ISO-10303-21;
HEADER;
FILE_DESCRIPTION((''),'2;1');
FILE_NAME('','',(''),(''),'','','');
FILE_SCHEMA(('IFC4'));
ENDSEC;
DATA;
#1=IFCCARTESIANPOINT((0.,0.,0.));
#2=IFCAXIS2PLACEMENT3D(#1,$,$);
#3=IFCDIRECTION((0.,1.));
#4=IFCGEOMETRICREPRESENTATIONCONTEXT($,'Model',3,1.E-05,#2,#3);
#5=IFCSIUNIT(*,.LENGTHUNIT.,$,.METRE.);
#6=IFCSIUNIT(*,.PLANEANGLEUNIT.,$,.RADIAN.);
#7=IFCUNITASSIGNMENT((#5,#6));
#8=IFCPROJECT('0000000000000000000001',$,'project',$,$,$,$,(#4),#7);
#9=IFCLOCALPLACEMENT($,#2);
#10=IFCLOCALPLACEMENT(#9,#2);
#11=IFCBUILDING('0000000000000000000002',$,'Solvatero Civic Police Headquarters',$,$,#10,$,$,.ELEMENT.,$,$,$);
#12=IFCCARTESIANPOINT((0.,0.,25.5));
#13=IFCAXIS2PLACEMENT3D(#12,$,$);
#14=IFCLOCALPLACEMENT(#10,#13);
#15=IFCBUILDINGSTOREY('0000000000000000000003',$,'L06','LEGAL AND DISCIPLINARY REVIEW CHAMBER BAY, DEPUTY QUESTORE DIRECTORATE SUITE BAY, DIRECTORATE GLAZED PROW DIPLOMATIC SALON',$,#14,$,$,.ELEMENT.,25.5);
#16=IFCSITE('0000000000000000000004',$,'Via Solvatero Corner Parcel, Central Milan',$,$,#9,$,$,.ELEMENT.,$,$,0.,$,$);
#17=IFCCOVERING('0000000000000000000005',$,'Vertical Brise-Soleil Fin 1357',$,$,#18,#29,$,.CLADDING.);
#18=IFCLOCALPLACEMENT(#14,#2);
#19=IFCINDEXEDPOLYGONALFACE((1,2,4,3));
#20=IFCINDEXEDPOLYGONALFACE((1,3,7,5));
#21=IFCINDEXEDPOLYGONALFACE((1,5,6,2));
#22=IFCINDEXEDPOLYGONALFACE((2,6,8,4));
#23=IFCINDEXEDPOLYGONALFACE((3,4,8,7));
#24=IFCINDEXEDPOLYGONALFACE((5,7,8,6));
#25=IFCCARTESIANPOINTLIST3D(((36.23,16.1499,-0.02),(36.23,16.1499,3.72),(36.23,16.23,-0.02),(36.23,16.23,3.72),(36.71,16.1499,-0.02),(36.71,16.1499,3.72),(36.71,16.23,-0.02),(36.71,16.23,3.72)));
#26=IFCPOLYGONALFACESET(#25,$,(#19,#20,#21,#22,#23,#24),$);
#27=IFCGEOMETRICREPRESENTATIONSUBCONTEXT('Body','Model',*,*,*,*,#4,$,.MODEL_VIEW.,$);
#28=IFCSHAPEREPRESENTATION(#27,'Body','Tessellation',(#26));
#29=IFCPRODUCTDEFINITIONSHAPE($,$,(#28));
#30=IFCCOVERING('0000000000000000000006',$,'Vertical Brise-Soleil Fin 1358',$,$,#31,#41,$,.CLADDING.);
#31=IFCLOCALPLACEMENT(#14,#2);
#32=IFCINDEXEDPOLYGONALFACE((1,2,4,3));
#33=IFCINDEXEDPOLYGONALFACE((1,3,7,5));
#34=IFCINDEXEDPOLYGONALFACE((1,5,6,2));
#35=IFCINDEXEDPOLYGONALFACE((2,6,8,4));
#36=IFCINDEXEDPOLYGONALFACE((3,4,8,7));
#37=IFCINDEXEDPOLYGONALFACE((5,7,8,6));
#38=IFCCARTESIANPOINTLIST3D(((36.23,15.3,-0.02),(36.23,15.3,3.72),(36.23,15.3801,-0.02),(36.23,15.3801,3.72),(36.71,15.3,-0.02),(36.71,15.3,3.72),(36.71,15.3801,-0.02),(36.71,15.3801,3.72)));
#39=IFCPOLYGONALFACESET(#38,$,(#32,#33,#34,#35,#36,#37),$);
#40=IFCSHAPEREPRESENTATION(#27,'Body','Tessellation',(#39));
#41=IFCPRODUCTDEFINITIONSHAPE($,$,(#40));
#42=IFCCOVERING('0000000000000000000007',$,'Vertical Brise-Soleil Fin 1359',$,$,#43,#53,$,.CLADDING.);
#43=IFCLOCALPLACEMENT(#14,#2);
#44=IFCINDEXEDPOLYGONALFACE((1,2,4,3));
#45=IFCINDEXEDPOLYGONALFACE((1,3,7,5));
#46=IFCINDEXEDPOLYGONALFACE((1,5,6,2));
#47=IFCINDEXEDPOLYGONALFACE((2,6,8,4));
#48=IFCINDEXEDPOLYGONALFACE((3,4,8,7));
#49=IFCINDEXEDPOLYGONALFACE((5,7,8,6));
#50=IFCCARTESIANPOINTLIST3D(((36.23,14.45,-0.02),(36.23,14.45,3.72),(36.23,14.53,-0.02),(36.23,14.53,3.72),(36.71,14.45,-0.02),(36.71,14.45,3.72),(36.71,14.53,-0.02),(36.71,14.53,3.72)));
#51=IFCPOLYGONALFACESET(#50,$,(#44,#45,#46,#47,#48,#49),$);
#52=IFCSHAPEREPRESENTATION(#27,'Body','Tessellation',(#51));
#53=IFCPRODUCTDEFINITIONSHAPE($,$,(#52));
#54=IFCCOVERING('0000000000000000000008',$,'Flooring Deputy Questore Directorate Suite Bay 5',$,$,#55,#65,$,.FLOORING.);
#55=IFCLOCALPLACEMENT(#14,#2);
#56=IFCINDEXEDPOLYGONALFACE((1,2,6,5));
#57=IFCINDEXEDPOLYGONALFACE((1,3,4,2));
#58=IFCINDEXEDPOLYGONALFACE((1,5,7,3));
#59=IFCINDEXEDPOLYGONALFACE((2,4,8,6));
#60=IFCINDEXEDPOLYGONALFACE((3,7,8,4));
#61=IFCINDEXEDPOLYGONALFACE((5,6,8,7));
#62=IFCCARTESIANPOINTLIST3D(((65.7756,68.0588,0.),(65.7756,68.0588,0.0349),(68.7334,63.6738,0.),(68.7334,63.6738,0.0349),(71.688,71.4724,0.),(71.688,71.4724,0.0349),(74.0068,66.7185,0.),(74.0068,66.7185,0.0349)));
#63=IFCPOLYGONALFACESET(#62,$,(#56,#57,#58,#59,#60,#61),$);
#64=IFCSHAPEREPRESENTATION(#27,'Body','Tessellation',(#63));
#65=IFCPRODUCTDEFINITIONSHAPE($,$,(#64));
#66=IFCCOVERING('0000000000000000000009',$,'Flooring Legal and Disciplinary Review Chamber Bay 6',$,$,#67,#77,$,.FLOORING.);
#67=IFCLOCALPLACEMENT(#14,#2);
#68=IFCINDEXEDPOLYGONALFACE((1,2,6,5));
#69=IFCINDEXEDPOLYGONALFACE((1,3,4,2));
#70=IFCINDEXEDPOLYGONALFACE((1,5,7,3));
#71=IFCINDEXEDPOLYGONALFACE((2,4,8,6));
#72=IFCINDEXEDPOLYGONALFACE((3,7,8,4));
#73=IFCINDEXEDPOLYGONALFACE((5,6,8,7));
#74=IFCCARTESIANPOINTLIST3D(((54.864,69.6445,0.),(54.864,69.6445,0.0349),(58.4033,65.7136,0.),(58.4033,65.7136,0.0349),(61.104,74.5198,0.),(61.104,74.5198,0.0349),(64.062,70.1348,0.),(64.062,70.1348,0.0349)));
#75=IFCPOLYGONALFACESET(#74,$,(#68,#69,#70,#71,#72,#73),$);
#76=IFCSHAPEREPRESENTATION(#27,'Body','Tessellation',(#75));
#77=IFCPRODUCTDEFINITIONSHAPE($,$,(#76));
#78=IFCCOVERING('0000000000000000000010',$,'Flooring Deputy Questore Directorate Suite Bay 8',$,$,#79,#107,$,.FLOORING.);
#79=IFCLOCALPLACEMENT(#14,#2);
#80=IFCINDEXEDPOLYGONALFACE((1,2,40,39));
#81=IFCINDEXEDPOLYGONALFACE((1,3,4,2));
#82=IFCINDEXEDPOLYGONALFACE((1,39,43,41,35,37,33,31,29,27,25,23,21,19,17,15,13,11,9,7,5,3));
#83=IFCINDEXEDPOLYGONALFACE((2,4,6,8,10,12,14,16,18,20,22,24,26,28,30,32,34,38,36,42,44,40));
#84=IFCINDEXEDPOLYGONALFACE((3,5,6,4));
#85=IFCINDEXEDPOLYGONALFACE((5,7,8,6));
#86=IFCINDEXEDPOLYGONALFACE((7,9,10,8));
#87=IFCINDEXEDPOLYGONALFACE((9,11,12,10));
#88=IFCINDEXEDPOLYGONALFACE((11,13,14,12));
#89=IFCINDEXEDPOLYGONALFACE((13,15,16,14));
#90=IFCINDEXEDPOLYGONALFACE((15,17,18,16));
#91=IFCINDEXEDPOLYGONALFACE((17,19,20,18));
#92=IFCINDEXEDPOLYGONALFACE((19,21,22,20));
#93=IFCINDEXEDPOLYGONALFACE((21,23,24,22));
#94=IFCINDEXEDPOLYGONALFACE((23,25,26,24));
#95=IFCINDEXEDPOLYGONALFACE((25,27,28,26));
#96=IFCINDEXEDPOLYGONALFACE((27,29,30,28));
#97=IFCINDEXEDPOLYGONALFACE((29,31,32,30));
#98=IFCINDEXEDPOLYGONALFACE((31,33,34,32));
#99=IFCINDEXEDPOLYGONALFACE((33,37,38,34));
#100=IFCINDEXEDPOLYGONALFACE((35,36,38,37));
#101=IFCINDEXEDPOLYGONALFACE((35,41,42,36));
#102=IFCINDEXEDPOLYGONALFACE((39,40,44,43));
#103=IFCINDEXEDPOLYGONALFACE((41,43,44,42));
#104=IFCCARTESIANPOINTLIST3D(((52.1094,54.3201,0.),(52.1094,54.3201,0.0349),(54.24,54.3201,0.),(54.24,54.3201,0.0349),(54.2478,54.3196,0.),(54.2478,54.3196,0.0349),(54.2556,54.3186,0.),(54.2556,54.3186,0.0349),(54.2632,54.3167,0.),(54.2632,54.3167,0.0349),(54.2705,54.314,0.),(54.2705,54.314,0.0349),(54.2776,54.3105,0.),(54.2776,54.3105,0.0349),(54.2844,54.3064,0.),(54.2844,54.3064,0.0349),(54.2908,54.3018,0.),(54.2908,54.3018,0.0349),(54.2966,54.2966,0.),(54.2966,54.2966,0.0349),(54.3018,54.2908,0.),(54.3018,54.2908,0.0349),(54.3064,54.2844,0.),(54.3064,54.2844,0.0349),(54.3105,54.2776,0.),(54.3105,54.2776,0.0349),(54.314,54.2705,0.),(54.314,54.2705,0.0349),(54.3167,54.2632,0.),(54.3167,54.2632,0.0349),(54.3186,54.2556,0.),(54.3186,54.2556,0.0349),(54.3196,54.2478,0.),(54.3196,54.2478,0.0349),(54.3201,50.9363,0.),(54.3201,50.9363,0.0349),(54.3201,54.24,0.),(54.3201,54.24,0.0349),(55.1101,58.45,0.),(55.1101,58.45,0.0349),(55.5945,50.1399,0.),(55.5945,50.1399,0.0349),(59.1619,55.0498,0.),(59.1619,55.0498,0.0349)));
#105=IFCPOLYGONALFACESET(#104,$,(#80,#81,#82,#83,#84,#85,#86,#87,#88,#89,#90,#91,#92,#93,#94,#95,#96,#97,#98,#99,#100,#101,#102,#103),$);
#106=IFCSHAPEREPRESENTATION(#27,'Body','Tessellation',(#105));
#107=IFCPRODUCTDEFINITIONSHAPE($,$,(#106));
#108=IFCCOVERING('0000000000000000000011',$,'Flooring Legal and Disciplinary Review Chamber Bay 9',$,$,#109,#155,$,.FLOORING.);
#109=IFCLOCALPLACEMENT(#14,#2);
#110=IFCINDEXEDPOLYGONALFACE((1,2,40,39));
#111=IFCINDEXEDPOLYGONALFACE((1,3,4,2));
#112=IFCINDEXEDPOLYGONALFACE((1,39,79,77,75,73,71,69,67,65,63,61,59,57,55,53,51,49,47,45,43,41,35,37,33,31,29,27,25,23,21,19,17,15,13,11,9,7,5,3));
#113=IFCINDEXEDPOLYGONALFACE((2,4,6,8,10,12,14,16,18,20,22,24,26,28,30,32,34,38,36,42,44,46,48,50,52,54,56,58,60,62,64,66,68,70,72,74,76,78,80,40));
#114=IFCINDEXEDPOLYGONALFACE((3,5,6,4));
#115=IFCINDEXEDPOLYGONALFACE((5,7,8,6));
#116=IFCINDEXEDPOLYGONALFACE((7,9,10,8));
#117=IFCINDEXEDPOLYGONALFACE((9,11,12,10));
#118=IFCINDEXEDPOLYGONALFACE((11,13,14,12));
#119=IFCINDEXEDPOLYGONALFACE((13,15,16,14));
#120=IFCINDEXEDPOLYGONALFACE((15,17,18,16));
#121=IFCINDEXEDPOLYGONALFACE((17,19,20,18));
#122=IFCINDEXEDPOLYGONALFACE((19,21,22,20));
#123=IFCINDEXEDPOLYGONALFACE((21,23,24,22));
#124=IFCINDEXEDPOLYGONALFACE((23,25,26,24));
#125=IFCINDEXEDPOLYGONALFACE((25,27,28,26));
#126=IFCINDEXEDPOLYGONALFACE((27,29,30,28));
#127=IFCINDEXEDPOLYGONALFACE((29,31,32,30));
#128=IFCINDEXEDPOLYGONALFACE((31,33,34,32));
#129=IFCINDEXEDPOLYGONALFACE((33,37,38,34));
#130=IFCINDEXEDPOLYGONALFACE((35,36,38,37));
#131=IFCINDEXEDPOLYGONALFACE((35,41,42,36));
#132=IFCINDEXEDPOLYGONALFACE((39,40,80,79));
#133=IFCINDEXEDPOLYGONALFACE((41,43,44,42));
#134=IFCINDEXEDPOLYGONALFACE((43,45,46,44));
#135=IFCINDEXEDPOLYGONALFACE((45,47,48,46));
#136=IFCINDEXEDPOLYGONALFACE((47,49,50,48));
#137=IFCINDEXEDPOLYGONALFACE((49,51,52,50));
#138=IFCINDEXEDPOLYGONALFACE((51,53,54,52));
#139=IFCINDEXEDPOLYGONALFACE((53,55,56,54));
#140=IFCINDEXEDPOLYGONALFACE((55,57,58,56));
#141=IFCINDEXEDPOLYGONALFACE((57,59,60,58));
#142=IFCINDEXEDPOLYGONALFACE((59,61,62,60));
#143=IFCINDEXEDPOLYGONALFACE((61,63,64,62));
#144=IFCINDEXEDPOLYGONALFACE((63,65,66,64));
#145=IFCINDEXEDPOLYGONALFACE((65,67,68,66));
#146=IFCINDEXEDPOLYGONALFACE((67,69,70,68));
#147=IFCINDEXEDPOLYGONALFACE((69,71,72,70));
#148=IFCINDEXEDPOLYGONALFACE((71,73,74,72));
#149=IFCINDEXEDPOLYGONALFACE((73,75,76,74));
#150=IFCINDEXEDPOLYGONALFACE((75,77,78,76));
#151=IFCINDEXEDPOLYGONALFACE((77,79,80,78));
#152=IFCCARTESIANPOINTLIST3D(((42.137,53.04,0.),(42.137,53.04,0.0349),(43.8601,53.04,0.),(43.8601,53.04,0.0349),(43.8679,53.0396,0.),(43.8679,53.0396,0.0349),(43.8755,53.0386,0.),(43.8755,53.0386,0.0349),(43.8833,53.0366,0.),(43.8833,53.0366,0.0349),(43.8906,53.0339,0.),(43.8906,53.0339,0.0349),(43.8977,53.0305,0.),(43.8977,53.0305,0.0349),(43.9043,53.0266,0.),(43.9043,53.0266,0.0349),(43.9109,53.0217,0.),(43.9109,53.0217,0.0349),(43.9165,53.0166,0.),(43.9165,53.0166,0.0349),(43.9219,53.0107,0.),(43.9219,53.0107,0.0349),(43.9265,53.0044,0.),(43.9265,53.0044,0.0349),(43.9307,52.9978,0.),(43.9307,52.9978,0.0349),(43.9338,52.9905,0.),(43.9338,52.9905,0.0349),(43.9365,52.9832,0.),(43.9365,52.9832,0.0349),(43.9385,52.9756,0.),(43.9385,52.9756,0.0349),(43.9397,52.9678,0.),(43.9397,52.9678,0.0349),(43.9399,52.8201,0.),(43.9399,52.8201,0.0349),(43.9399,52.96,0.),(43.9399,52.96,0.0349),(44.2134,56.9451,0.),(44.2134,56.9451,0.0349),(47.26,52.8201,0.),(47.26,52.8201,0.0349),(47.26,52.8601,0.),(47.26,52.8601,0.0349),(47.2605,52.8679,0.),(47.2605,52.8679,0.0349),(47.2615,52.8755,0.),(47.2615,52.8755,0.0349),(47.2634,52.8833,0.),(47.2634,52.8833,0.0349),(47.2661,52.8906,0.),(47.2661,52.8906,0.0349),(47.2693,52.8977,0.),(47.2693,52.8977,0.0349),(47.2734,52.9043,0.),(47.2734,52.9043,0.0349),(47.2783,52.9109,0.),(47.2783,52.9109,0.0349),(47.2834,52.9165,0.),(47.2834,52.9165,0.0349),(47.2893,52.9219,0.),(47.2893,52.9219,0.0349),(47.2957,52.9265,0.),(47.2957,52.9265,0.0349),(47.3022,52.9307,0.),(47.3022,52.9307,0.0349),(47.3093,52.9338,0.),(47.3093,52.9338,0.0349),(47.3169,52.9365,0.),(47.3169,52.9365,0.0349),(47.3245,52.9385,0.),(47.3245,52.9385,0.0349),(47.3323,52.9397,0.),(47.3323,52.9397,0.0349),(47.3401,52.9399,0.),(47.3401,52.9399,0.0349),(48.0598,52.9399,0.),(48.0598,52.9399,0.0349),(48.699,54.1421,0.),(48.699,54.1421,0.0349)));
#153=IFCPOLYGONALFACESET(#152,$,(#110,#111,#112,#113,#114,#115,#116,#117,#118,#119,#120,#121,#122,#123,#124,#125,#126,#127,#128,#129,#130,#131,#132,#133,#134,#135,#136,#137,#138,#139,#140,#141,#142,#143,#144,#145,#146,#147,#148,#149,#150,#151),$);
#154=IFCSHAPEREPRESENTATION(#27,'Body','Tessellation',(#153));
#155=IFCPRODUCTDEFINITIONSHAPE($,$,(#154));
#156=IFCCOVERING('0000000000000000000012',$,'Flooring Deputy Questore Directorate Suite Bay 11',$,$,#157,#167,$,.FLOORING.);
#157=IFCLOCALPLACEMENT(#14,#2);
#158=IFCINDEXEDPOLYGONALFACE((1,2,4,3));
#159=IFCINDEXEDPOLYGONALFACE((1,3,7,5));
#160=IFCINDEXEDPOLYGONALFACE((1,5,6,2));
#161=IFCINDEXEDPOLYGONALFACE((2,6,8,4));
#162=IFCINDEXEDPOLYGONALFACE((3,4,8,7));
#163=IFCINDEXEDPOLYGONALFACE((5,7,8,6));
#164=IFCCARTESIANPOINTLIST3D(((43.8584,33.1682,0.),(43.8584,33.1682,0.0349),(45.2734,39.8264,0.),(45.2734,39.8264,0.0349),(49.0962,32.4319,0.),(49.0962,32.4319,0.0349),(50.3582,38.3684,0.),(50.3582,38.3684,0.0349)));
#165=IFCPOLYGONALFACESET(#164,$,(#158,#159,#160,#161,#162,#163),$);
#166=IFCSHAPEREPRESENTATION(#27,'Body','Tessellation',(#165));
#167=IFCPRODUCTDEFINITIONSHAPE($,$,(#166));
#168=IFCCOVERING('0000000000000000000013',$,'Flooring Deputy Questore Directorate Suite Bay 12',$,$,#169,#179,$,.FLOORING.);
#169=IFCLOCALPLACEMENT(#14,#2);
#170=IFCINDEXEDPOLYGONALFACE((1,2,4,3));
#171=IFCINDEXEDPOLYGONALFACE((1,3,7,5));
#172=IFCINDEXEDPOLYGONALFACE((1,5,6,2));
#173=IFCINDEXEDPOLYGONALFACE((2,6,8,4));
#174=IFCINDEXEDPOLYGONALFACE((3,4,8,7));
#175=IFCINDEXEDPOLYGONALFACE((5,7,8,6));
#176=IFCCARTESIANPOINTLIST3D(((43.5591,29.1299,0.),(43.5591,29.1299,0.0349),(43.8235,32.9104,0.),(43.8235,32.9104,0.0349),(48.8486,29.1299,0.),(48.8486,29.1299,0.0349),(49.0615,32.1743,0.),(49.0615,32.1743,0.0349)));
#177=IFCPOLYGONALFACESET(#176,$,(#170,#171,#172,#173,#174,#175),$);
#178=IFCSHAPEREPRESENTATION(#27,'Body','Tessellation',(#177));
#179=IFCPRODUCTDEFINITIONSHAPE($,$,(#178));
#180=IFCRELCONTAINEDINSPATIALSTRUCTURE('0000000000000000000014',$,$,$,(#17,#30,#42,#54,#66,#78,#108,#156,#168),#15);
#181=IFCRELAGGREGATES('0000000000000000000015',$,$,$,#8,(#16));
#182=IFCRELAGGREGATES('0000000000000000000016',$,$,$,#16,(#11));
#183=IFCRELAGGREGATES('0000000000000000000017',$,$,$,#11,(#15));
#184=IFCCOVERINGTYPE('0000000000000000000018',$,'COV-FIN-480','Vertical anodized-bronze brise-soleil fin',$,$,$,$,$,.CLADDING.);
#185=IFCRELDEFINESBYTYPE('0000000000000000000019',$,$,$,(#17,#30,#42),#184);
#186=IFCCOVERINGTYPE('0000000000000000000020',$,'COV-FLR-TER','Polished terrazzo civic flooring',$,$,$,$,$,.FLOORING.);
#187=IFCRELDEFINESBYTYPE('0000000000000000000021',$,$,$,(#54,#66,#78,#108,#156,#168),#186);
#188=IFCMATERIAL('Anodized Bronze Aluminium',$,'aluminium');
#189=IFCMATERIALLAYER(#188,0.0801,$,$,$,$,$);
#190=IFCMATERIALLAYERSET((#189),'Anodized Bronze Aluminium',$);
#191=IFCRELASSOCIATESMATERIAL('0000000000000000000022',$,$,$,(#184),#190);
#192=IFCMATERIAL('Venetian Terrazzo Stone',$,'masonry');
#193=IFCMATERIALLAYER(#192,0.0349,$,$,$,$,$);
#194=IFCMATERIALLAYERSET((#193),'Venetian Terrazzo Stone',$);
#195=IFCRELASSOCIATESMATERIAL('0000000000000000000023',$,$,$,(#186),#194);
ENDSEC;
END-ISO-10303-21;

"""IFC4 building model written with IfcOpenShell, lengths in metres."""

from ifc_helpers import new_model, si_unit, direction, frame, origin, origin_2d, place, context, subcontext, project, spatial, polyline, rectangle, outline, extrude, material, layer, layer_set, type_object, element, save


model = new_model("IFC4")

# Units and contexts
model_context = context("Model", 3, precision=1e-05, world=origin(), true_north=direction((0.0, 1.0)))
body_context = subcontext(model_context, "Body", "Model", "MODEL_VIEW")
ifc_project = project(units=[si_unit("LENGTHUNIT", "METRE"), si_unit("PLANEANGLEUNIT", "RADIAN")], contexts=[model_context])

# Site, building, storey
site_placement = place(None, origin())
site = spatial("IfcSite", under=ifc_project, at=site_placement, Name="Via Solvatero Corner Parcel, Central Milan", CompositionType="ELEMENT", RefElevation=0.0)
building_placement = place(site_placement, origin())
building = spatial("IfcBuilding", under=site, at=building_placement, Name="Solvatero Civic Police Headquarters", CompositionType="ELEMENT")
storey_placement = place(building_placement, frame((0.0, 0.0, 25.5)))
storey = spatial("IfcBuildingStorey", under=building, at=storey_placement, Name="L06", Description="LEGAL AND DISCIPLINARY REVIEW CHAMBER BAY, DEPUTY QUESTORE DIRECTORATE SUITE BAY, DIRECTORATE GLAZED PROW DIPLOMATIC SALON", CompositionType="ELEMENT", Elevation=25.5)

# Coverings
ifc_material_1 = material(Name="Anodized Bronze Aluminium", Category="aluminium")
ifc_layer_1 = layer(ifc_material_1, 0.0801)
ifc_layer_set_1 = layer_set([ifc_layer_1], Name="Anodized Bronze Aluminium")
covering_type_1 = type_object("IfcCoveringType", Name="COV-FIN-480", Description="Vertical anodized-bronze brise-soleil fin", PredefinedType="CLADDING", material=ifc_layer_set_1)
for number, where, z_axis, x_axis, name in (
    (1, (36.47, 16.1899, -0.02), (0.0, 0.0, 1.0), (0.0, -1.0, 0.0), "Vertical Brise-Soleil Fin 1357"),
    (2, (36.47, 15.3401, -0.02), (0.0, 0.0, 1.0), (0.0, -1.0, 0.0), "Vertical Brise-Soleil Fin 1358"),
    (3, (36.47, 14.49, -0.02), (0.0, 0.0, 1.0), (0.0, -1.0, 0.0), "Vertical Brise-Soleil Fin 1359"),
):
    element("IfcCovering", number, at=place(storey_placement, frame(where, z_axis=z_axis, x_axis=x_axis)), inside=storey, type_object=covering_type_1, Name=name, PredefinedType="CLADDING", context=body_context, shape_type="SweptSolid", body=[
        extrude(rectangle(XDim=0.0801, YDim=0.48, at=origin_2d()), origin(), (0.0, 0.0, 1.0), 3.74),
    ])
ifc_material_2 = material(Name="Venetian Terrazzo Stone", Category="masonry")
ifc_layer_2 = layer(ifc_material_2, 0.0349)
ifc_layer_set_2 = layer_set([ifc_layer_2], Name="Venetian Terrazzo Stone")
covering_type_2 = type_object("IfcCoveringType", Name="COV-FLR-TER", Description="Polished terrazzo civic flooring", PredefinedType="FLOORING", material=ifc_layer_set_2)
covering_1_placement = place(storey_placement, origin())
element("IfcCovering", 4, at=covering_1_placement, inside=storey, type_object=covering_type_2, Name="Flooring Deputy Questore Directorate Suite Bay 5", PredefinedType="FLOORING", context=body_context, shape_type="SweptSolid", body=[
    extrude(outline(polyline([(68.7334, 63.6738), (65.7756, 68.0588), (71.688, 71.4724), (74.0068, 66.7185), (68.7334, 63.6738)])), origin(), (0.0, 0.0, 1.0), 0.0349),
])
covering_2_placement = place(storey_placement, origin())
element("IfcCovering", 5, at=covering_2_placement, inside=storey, type_object=covering_type_2, Name="Flooring Legal and Disciplinary Review Chamber Bay 6", PredefinedType="FLOORING", context=body_context, shape_type="SweptSolid", body=[
    extrude(outline(polyline([(58.4033, 65.7136), (54.864, 69.6445), (61.104, 74.5198), (64.062, 70.1348), (58.4033, 65.7136)])), origin(), (0.0, 0.0, 1.0), 0.0349),
])
covering_3_placement = place(storey_placement, origin())
element("IfcCovering", 6, at=covering_3_placement, inside=storey, type_object=covering_type_2, Name="Flooring Deputy Questore Directorate Suite Bay 8", PredefinedType="FLOORING", context=body_context, shape_type="SweptSolid", body=[
    extrude(outline(polyline([(55.1101, 58.45), (59.1619, 55.0498), (55.5945, 50.1399), (54.3201, 50.9363), (54.3201, 54.24), (54.3196, 54.2478), (54.3186, 54.2556), (54.3167, 54.2632), (54.314, 54.2705), (54.3105, 54.2776), (54.3064, 54.2844), (54.3018, 54.2908), (54.2966, 54.2966), (54.2908, 54.3018), (54.2844, 54.3064), (54.2776, 54.3105), (54.2705, 54.314), (54.2632, 54.3167), (54.2556, 54.3186), (54.2478, 54.3196), (54.24, 54.3201), (52.1094, 54.3201), (55.1101, 58.45)])), origin(), (0.0, 0.0, 1.0), 0.0349),
])
covering_4_placement = place(storey_placement, origin())
element("IfcCovering", 7, at=covering_4_placement, inside=storey, type_object=covering_type_2, Name="Flooring Legal and Disciplinary Review Chamber Bay 9", PredefinedType="FLOORING", context=body_context, shape_type="SweptSolid", body=[
    extrude(outline(polyline([(43.9399, 52.8201), (43.9399, 52.96), (43.9397, 52.9678), (43.9385, 52.9756), (43.9365, 52.9832), (43.9338, 52.9905), (43.9307, 52.9978), (43.9265, 53.0044), (43.9219, 53.0107), (43.9165, 53.0166), (43.9109, 53.0217), (43.9043, 53.0266), (43.8977, 53.0305), (43.8906, 53.0339), (43.8833, 53.0366), (43.8755, 53.0386), (43.8679, 53.0396), (43.8601, 53.04), (42.137, 53.04), (44.2134, 56.9451), (48.699, 54.1421), (48.0598, 52.9399), (47.3401, 52.9399), (47.3323, 52.9397), (47.3245, 52.9385), (47.3169, 52.9365), (47.3093, 52.9338), (47.3022, 52.9307), (47.2957, 52.9265), (47.2893, 52.9219), (47.2834, 52.9165), (47.2783, 52.9109), (47.2734, 52.9043), (47.2693, 52.8977), (47.2661, 52.8906), (47.2634, 52.8833), (47.2615, 52.8755), (47.2605, 52.8679), (47.26, 52.8601), (47.26, 52.8201), (43.9399, 52.8201)])), origin(), (0.0, 0.0, 1.0), 0.0349),
])
covering_5_placement = place(storey_placement, origin())
element("IfcCovering", 8, at=covering_5_placement, inside=storey, type_object=covering_type_2, Name="Flooring Deputy Questore Directorate Suite Bay 11", PredefinedType="FLOORING", context=body_context, shape_type="SweptSolid", body=[
    extrude(outline(polyline([(49.0962, 32.4319), (43.8584, 33.1682), (45.2734, 39.8264), (50.3582, 38.3684), (49.0962, 32.4319)])), origin(), (0.0, 0.0, 1.0), 0.0349),
])
covering_6_placement = place(storey_placement, origin())
element("IfcCovering", 9, at=covering_6_placement, inside=storey, type_object=covering_type_2, Name="Flooring Deputy Questore Directorate Suite Bay 12", PredefinedType="FLOORING", context=body_context, shape_type="SweptSolid", body=[
    extrude(outline(polyline([(48.8486, 29.1299), (43.5591, 29.1299), (43.8235, 32.9104), (49.0615, 32.1743), (48.8486, 29.1299)])), origin(), (0.0, 0.0, 1.0), 0.0349),
])

save(model, "model.ifc")
